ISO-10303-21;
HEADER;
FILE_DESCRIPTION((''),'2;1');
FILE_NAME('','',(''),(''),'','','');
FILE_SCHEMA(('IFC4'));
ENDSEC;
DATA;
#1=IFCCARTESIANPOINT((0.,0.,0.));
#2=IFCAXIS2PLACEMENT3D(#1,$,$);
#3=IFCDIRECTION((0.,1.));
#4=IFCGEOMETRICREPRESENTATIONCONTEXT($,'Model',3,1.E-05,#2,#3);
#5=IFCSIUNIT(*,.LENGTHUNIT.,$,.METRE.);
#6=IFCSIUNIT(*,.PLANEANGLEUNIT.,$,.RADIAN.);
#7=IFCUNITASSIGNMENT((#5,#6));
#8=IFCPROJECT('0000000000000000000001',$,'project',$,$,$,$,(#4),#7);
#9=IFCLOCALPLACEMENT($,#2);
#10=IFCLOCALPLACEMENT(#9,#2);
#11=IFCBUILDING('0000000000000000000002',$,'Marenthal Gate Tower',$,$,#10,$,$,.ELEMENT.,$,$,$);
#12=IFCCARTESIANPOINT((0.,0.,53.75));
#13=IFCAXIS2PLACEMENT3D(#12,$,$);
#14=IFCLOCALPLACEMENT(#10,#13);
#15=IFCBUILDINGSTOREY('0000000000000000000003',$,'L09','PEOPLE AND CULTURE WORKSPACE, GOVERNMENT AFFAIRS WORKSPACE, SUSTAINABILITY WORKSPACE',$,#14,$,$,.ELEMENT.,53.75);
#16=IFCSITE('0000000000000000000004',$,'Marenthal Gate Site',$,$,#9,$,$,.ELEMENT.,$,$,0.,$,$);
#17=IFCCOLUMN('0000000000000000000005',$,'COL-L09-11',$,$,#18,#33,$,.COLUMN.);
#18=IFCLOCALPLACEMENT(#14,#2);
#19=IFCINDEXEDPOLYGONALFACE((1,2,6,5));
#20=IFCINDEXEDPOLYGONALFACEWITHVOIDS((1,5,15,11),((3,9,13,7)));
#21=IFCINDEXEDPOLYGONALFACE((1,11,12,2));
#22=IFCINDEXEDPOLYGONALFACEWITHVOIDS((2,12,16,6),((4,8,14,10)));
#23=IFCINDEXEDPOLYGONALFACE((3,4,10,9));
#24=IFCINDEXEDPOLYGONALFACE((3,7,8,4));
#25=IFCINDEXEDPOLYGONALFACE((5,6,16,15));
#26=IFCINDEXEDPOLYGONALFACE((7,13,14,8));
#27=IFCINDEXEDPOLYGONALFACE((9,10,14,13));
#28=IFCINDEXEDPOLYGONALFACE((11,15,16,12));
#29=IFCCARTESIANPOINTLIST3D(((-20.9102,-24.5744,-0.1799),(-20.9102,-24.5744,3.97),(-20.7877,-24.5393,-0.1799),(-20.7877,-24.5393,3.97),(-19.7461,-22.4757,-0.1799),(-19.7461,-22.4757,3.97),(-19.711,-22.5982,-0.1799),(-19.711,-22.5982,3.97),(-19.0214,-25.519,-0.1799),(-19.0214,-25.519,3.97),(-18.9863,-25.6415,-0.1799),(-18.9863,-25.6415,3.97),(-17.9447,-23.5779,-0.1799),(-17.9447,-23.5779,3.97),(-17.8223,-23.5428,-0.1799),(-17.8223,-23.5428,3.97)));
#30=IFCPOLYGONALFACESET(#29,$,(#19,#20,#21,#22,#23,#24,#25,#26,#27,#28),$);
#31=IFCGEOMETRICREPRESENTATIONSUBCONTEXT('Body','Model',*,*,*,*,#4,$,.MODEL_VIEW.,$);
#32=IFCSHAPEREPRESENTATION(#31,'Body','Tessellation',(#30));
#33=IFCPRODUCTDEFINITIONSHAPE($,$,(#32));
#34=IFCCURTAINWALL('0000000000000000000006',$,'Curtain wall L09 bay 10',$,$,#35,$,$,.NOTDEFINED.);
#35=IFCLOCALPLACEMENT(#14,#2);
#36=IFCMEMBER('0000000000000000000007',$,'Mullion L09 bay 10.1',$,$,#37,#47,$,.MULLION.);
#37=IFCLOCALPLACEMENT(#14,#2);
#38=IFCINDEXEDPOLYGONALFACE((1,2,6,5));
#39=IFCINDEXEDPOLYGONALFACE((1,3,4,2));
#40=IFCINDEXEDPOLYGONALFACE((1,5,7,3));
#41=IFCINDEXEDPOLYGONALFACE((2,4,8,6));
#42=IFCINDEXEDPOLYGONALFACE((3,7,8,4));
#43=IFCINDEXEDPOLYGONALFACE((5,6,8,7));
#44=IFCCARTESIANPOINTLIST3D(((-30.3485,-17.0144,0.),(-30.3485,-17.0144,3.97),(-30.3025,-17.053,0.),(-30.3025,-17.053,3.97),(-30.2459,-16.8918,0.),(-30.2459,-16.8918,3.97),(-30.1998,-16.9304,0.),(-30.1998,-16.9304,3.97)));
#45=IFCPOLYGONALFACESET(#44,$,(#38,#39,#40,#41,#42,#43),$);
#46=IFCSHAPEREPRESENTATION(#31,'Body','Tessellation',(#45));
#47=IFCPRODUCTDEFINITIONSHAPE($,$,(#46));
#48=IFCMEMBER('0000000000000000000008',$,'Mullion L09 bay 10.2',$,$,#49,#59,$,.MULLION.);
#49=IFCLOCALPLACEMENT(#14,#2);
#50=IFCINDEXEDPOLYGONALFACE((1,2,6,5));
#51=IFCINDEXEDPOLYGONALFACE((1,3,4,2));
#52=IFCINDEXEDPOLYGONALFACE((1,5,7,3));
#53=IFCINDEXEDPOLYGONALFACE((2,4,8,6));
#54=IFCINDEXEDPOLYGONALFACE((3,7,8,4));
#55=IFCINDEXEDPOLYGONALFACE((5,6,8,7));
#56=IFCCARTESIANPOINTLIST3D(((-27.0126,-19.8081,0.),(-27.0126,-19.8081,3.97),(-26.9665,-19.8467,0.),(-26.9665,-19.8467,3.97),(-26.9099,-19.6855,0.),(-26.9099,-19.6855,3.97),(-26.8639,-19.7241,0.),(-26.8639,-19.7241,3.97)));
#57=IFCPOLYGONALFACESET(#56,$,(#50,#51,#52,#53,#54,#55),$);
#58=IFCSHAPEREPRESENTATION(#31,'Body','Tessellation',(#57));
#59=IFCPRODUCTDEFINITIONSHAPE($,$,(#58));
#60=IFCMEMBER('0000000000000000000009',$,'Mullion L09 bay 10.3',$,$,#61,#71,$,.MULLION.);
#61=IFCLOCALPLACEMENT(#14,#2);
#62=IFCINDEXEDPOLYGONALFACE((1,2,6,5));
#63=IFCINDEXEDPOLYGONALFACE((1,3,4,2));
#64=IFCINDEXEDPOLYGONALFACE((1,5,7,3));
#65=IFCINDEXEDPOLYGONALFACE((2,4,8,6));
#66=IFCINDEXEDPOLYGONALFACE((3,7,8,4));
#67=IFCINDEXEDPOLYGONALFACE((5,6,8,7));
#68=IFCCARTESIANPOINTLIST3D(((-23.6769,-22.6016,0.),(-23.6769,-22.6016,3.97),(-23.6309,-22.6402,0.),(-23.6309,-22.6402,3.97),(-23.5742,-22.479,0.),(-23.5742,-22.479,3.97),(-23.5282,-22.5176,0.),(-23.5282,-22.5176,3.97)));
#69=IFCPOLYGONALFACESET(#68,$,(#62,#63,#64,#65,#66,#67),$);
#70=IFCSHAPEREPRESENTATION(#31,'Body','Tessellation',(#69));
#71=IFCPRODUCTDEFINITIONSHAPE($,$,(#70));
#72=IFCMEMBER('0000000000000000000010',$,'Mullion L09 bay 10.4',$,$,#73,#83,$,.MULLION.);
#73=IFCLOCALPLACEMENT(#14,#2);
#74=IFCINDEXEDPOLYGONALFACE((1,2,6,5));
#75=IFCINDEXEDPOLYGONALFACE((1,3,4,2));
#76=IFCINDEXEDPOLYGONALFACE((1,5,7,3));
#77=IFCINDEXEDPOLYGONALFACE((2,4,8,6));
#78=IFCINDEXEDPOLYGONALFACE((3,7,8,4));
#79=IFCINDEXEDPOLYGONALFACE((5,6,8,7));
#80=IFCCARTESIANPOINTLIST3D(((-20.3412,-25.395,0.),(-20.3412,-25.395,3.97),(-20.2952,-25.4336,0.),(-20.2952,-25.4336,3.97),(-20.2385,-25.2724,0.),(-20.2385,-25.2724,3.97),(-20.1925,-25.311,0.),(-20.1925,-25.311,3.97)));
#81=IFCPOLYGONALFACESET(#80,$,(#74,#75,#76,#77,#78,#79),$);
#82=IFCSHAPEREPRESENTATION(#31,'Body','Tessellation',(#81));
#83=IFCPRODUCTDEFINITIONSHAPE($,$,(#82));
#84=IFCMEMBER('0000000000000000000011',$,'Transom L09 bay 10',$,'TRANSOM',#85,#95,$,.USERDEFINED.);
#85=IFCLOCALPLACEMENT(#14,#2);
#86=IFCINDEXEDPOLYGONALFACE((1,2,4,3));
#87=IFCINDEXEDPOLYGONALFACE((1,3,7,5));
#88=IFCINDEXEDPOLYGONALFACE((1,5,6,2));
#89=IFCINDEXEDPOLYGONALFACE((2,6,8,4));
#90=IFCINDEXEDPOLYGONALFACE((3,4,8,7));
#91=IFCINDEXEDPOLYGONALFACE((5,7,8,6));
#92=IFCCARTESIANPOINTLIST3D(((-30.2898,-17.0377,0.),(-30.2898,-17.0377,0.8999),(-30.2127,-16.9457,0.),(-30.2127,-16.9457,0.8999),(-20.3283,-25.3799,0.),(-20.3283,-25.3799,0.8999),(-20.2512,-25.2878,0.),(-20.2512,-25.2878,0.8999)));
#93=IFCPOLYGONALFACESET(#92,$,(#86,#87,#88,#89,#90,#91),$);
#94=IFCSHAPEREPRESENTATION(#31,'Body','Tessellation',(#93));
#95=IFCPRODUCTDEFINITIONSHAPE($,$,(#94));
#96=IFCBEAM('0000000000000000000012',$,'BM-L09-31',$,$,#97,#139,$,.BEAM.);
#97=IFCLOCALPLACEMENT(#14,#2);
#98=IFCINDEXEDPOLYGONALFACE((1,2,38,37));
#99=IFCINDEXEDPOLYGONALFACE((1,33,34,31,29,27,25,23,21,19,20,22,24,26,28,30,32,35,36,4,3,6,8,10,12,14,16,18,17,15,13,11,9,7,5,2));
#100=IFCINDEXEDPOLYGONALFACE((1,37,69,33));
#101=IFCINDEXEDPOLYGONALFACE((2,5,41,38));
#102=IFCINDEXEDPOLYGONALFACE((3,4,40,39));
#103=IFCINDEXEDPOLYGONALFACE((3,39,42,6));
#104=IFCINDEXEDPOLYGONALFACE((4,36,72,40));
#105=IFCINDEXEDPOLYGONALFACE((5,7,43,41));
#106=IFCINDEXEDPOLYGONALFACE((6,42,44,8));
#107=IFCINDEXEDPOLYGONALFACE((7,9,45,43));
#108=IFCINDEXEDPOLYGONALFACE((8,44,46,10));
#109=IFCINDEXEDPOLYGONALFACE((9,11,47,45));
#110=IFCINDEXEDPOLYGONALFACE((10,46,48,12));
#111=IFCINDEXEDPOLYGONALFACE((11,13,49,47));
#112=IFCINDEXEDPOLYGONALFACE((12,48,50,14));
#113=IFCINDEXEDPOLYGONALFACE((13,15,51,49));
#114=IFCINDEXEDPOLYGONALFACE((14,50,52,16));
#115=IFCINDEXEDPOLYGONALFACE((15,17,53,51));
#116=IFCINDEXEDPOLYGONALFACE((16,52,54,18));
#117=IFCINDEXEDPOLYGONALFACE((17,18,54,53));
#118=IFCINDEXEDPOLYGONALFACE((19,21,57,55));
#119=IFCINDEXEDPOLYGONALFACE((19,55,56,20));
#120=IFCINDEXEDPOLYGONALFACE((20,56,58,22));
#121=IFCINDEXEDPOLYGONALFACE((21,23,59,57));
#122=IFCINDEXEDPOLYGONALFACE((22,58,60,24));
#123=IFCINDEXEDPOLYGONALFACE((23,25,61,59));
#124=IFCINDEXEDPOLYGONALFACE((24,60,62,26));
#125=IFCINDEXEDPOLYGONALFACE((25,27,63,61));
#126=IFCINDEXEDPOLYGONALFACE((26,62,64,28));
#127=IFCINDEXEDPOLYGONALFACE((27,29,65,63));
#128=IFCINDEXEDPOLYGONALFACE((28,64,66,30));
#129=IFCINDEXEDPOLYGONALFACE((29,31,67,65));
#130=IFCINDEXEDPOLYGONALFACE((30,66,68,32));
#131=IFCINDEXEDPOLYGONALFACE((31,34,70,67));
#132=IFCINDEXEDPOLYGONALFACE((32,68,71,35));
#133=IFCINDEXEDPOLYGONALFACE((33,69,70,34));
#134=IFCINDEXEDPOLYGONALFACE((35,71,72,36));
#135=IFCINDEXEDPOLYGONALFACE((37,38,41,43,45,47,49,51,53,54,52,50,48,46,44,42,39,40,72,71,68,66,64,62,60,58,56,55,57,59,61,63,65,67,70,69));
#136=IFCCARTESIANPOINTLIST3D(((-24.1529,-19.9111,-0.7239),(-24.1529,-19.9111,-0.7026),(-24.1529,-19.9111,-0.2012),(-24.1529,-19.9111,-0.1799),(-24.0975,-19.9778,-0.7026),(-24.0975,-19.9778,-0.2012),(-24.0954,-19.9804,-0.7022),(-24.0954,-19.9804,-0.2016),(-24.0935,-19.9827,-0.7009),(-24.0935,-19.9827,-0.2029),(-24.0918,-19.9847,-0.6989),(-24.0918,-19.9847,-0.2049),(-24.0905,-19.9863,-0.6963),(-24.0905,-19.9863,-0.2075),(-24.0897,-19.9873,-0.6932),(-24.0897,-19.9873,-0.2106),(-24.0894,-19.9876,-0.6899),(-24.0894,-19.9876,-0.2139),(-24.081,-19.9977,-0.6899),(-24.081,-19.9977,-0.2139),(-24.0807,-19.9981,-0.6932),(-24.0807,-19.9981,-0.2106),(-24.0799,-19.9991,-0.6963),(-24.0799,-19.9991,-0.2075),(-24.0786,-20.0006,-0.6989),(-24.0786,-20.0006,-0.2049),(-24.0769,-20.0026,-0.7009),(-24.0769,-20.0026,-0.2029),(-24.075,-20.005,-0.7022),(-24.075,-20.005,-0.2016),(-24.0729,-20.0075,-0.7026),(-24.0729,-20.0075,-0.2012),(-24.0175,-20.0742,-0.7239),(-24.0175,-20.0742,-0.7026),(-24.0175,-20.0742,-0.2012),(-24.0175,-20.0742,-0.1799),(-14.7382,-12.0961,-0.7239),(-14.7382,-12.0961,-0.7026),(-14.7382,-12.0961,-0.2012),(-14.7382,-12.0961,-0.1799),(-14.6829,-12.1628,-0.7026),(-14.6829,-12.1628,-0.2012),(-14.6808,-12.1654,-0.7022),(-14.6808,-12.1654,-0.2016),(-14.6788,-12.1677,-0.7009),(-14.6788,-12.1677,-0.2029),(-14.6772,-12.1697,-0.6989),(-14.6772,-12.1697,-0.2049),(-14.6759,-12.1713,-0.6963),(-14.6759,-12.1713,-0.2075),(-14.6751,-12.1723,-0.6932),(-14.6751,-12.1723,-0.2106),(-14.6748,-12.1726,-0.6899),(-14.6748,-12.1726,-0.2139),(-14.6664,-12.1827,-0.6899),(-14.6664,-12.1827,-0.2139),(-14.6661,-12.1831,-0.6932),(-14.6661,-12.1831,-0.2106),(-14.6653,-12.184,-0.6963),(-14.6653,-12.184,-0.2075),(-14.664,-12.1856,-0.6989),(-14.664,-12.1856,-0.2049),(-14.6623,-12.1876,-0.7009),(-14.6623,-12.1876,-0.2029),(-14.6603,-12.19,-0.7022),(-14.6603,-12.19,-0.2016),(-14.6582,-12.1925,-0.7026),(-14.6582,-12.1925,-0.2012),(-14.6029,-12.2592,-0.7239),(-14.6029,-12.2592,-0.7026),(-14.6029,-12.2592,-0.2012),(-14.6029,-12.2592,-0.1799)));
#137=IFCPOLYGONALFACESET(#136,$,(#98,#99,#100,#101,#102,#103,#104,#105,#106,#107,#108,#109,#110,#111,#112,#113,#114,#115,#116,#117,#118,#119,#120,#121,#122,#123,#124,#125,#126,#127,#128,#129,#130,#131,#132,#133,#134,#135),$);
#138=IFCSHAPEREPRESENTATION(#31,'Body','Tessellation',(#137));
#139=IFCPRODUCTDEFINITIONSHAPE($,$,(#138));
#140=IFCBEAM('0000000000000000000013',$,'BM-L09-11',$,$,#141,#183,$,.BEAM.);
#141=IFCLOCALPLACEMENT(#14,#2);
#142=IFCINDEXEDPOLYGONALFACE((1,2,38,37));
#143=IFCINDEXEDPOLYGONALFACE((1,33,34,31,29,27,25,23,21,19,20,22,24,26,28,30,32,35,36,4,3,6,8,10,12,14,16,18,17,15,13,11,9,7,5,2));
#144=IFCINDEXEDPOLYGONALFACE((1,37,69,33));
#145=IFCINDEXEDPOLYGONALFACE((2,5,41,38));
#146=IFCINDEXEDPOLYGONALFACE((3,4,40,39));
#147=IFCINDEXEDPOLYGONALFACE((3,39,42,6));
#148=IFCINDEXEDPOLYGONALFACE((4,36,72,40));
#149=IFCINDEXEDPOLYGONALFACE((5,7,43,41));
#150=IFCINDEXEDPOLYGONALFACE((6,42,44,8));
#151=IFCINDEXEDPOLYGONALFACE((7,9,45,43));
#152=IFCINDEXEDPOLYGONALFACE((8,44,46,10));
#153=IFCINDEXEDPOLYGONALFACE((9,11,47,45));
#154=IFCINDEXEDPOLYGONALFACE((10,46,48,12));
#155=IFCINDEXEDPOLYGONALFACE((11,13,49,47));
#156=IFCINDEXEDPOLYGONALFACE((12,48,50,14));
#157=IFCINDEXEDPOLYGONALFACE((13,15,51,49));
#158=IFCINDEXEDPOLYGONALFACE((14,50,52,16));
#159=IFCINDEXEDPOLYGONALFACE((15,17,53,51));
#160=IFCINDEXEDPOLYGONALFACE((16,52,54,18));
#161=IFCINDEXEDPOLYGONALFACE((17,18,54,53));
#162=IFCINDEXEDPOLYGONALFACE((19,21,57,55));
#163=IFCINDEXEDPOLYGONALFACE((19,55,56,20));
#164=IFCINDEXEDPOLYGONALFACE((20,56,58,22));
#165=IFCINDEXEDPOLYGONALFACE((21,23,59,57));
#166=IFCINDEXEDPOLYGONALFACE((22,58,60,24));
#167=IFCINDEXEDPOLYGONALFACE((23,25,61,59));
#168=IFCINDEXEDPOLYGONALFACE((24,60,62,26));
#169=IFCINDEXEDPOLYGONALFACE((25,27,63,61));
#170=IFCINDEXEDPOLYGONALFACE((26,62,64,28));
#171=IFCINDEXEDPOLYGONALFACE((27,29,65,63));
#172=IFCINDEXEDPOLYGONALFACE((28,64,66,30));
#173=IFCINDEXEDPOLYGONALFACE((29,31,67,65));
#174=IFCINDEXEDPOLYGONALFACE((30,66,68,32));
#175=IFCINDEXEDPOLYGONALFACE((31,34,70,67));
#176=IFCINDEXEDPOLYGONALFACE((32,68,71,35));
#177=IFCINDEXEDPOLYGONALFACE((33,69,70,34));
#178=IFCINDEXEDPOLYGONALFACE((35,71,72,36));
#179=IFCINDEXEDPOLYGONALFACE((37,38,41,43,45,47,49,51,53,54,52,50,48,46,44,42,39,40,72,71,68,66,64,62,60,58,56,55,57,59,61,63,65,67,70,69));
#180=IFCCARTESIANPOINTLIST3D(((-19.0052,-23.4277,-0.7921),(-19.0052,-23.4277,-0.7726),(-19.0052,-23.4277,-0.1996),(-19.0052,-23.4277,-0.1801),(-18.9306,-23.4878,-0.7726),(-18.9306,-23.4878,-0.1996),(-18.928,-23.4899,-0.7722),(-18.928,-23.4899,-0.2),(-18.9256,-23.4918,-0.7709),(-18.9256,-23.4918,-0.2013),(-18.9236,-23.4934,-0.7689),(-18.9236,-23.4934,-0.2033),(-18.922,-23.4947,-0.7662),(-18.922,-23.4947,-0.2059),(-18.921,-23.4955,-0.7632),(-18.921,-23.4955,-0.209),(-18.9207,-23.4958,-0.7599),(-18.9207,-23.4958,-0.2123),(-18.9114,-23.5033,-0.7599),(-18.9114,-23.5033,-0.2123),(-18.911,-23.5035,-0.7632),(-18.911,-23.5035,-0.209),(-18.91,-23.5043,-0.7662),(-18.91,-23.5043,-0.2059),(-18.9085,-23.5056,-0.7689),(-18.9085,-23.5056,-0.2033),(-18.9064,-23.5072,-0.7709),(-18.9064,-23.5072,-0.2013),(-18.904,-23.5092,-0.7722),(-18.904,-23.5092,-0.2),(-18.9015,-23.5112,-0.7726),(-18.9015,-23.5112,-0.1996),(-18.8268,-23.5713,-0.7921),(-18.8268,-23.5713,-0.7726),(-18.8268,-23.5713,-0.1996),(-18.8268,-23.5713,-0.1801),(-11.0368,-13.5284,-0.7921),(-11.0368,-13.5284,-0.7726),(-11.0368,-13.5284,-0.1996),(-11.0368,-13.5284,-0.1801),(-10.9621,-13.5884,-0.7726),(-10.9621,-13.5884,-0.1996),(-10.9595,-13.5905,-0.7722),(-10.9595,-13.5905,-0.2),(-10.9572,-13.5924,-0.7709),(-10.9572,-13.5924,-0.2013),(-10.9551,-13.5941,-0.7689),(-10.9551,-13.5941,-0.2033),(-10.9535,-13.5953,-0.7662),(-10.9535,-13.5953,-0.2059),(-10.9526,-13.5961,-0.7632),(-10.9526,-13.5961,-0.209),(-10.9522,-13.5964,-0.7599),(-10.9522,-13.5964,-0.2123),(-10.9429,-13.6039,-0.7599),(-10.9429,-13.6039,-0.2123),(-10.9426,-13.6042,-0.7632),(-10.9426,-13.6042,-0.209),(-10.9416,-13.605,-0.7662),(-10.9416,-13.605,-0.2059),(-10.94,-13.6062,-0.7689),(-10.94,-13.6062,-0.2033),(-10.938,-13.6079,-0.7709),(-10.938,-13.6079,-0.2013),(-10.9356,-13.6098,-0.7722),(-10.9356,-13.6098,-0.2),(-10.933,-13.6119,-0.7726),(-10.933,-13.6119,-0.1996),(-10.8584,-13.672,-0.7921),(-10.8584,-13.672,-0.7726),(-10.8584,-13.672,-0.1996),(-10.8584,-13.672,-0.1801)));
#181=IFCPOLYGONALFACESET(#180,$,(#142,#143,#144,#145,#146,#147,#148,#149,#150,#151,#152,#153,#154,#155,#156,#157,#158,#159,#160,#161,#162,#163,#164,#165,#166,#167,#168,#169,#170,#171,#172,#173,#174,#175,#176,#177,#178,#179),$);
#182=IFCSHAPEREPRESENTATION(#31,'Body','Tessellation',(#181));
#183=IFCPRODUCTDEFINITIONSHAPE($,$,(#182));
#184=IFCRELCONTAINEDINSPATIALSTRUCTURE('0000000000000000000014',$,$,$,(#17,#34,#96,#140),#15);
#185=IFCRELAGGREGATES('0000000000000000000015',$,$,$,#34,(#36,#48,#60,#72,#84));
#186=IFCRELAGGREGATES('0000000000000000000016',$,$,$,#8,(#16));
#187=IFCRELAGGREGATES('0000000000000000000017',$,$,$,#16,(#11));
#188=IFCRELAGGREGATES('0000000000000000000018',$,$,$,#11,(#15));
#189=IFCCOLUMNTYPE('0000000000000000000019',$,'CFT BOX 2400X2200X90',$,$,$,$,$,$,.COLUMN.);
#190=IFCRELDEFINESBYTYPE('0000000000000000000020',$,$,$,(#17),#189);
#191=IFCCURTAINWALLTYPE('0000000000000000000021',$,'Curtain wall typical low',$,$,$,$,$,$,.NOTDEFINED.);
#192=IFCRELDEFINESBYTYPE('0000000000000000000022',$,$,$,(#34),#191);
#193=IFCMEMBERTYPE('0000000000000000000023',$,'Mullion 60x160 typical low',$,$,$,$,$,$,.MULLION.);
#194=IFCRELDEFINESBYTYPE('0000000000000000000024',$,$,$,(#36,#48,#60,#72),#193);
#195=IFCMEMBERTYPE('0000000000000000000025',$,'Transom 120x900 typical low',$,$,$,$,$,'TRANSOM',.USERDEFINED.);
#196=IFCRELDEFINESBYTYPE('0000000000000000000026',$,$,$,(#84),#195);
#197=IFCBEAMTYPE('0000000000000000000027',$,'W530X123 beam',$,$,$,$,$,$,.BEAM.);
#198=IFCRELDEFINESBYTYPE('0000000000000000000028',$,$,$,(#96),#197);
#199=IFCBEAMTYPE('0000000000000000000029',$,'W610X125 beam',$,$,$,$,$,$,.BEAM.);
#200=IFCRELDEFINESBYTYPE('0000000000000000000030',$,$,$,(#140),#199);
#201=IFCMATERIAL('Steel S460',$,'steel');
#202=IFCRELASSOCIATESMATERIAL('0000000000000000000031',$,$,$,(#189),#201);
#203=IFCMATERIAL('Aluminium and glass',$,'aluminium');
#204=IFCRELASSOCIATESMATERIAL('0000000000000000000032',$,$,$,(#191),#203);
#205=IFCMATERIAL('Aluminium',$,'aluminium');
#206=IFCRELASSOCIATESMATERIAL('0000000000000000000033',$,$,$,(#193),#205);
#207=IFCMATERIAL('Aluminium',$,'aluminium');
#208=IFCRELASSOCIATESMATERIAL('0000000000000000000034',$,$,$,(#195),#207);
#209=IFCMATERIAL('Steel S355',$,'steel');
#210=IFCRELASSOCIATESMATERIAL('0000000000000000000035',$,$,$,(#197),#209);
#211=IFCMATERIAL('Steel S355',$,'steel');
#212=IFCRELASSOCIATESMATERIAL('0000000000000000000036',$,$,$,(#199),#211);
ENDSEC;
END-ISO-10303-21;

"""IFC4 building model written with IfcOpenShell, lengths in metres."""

from ifc_helpers import new_model, si_unit, direction, frame, origin, origin_2d, place, context, subcontext, project, spatial, rectangle, hollow_rectangle, i_section, extrude, material, material_profile, profile_set, type_object, element, aggregate, save


model = new_model("IFC4")

# Units and contexts
model_context = context("Model", 3, precision=1e-05, world=origin(), true_north=direction((0.0, 1.0)))
body_context = subcontext(model_context, "Body", "Model", "MODEL_VIEW")
ifc_project = project(units=[si_unit("LENGTHUNIT", "METRE"), si_unit("PLANEANGLEUNIT", "RADIAN")], contexts=[model_context])

# Site, building, storey
site_placement = place(None, origin())
site = spatial("IfcSite", under=ifc_project, at=site_placement, Name="Marenthal Gate Site", CompositionType="ELEMENT", RefElevation=0.0)
building_placement = place(site_placement, origin())
building = spatial("IfcBuilding", under=site, at=building_placement, Name="Marenthal Gate Tower", CompositionType="ELEMENT")
storey_placement = place(building_placement, frame((0.0, 0.0, 53.75)))
storey = spatial("IfcBuildingStorey", under=building, at=storey_placement, Name="L09", Description="PEOPLE AND CULTURE WORKSPACE, GOVERNMENT AFFAIRS WORKSPACE, SUSTAINABILITY WORKSPACE", CompositionType="ELEMENT", Elevation=53.75)

# Column
ifc_material_1 = material(Name="Steel S460", Category="steel")
ifc_material_profile_1 = material_profile(ifc_material_1, hollow_rectangle(XDim=2.2, YDim=2.3999, WallThickness=0.0901, at=origin_2d()), Name="CFT BOX 2400X2200X90")
ifc_material_2 = material(Name="Concrete 70 MPa", Category="concrete")
ifc_material_profile_2 = material_profile(ifc_material_2, rectangle(XDim=2.02, YDim=2.22, at=origin_2d()), Name="CFT BOX 2400X2200X90 INFILL")
ifc_profile_set_1 = profile_set([ifc_material_profile_1, ifc_material_profile_2], Name="Steel S460 shell, Concrete 70 MPa infill")
column_type = type_object("IfcColumnType", Name="CFT BOX 2400X2200X90", PredefinedType="COLUMN", material=ifc_profile_set_1)
column_placement = place(storey_placement, frame((-19.3662, -24.0586, -0.1799), z_axis=(0.0, 0.0, 1.0), x_axis=(-0.874496, 0.485032, 0.0)))
element("IfcColumn", 1, at=column_placement, inside=storey, type_object=column_type, Name="COL-L09-11", PredefinedType="COLUMN", context=body_context, shape_type="SweptSolid", body=[
    extrude(hollow_rectangle(XDim=2.2, YDim=2.3999, WallThickness=0.0901, at=origin_2d()), origin(), (0.0, 0.0, 1.0), 4.1499),
])

# Curtain wall, members
ifc_material_3 = material(Name="Aluminium and glass", Category="aluminium")
curtain_wall_type = type_object("IfcCurtainWallType", Name="Curtain wall typical low", PredefinedType="NOTDEFINED", material=ifc_material_3)
curtain_wall_placement = place(storey_placement, origin())
curtain_wall = element("IfcCurtainWall", 2, at=curtain_wall_placement, inside=storey, type_object=curtain_wall_type, Name="Curtain wall L09 bay 10", PredefinedType="NOTDEFINED")
ifc_material_4 = material(Name="Aluminium", Category="aluminium")
ifc_material_profile_3 = material_profile(ifc_material_4, rectangle(XDim=0.1599, YDim=0.0601, at=origin_2d()), Name="60x160 aluminium mullion")
ifc_profile_set_2 = profile_set([ifc_material_profile_3], Name="Aluminium")
member_type_1 = type_object("IfcMemberType", Name="Mullion 60x160 typical low", PredefinedType="MULLION", material=ifc_profile_set_2)
member_1_placement = place(storey_placement, frame((-30.2742, -16.9724, 0.0), z_axis=(0.0, 0.0, 1.0), x_axis=(0.642047, 0.766665, 0.0)))
member_1 = element("IfcMember", 3, at=member_1_placement, type_object=member_type_1, Name="Mullion L09 bay 10.1", PredefinedType="MULLION", context=body_context, shape_type="SweptSolid", body=[
    extrude(rectangle(XDim=0.1599, YDim=0.0601, at=origin_2d()), origin(), (0.0, 0.0, 1.0), 3.97),
])
member_2_placement = place(storey_placement, frame((-26.9382, -19.7661, 0.0), z_axis=(0.0, 0.0, 1.0), x_axis=(0.642047, 0.766665, 0.0)))
member_2 = element("IfcMember", 4, at=member_2_placement, type_object=member_type_1, Name="Mullion L09 bay 10.2", PredefinedType="MULLION", context=body_context, shape_type="SweptSolid", body=[
    extrude(rectangle(XDim=0.1599, YDim=0.0601, at=origin_2d()), origin(), (0.0, 0.0, 1.0), 3.97),
])
member_3_placement = place(storey_placement, frame((-23.6025, -22.5596, 0.0), z_axis=(0.0, 0.0, 1.0), x_axis=(0.642047, 0.766665, 0.0)))
member_3 = element("IfcMember", 5, at=member_3_placement, type_object=member_type_1, Name="Mullion L09 bay 10.3", PredefinedType="MULLION", context=body_context, shape_type="SweptSolid", body=[
    extrude(rectangle(XDim=0.1599, YDim=0.0601, at=origin_2d()), origin(), (0.0, 0.0, 1.0), 3.97),
])
member_4_placement = place(storey_placement, frame((-20.2668, -25.353, 0.0), z_axis=(0.0, 0.0, 1.0), x_axis=(0.642047, 0.766665, 0.0)))
member_4 = element("IfcMember", 6, at=member_4_placement, type_object=member_type_1, Name="Mullion L09 bay 10.4", PredefinedType="MULLION", context=body_context, shape_type="SweptSolid", body=[
    extrude(rectangle(XDim=0.1599, YDim=0.0601, at=origin_2d()), origin(), (0.0, 0.0, 1.0), 3.97),
])
ifc_material_5 = material(Name="Aluminium", Category="aluminium")
ifc_material_profile_4 = material_profile(ifc_material_5, rectangle(XDim=0.1201, YDim=0.8999, at=origin_2d()), Name="120x900 aluminium transom")
ifc_profile_set_3 = profile_set([ifc_material_profile_4], Name="Aluminium")
member_type_2 = type_object("IfcMemberType", Name="Transom 120x900 typical low", ElementType="TRANSOM", PredefinedType="USERDEFINED", material=ifc_profile_set_3)
member_5_placement = place(storey_placement, frame((-30.2512, -16.9917, 0.45), z_axis=(0.766673, -0.642038, 0.0), x_axis=(0.642038, 0.766673, 0.0)))
member_5 = element("IfcMember", 7, at=member_5_placement, type_object=member_type_2, Name="Transom L09 bay 10", ObjectType="TRANSOM", PredefinedType="USERDEFINED", context=body_context, shape_type="SweptSolid", body=[
    extrude(rectangle(XDim=0.1201, YDim=0.8999, at=origin_2d()), origin(), (0.0, 0.0, 1.0), 12.9932),
])

# Beams
ifc_material_6 = material(Name="Steel S355", Category="steel")
ifc_material_profile_5 = material_profile(ifc_material_6, i_section(OverallWidth=0.2119, OverallDepth=0.5439, WebThickness=0.0132, FlangeThickness=0.0212, FilletRadius=0.0127, at=origin_2d()), Name="W530X123")
ifc_profile_set_4 = profile_set([ifc_material_profile_5], Name="Steel S355")
beam_type_1 = type_object("IfcBeamType", Name="W530X123 beam", PredefinedType="BEAM", material=ifc_profile_set_4)
beam_1_placement = place(storey_placement, frame((-24.0852, -19.9927, -0.4519), z_axis=(0.769447, 0.638711, 0.0), x_axis=(-0.638711, 0.769447, 0.0)))
element("IfcBeam", 8, at=beam_1_placement, inside=storey, type_object=beam_type_1, Name="BM-L09-31", PredefinedType="BEAM", context=body_context, shape_type="SweptSolid", body=[
    extrude(i_section(OverallWidth=0.2119, OverallDepth=0.5439, WebThickness=0.0132, FlangeThickness=0.0212, FilletRadius=0.0127, at=origin_2d()), origin(), (0.0, 0.0, 1.0), 12.2356),
])
ifc_material_7 = material(Name="Steel S355", Category="steel")
ifc_material_profile_6 = material_profile(ifc_material_7, i_section(OverallWidth=0.229, OverallDepth=0.6121, WebThickness=0.012, FlangeThickness=0.0195, FilletRadius=0.0127, at=origin_2d()), Name="W610X125")
ifc_profile_set_5 = profile_set([ifc_material_profile_6], Name="Steel S355")
beam_type_2 = type_object("IfcBeamType", Name="W610X125 beam", PredefinedType="BEAM", material=ifc_profile_set_5)
beam_2_placement = place(storey_placement, frame((-18.916, -23.4995, -0.4861), z_axis=(0.627042, 0.778985, 0.0), x_axis=(-0.778985, 0.627042, 0.0)))
element("IfcBeam", 9, at=beam_2_placement, inside=storey, type_object=beam_type_2, Name="BM-L09-11", PredefinedType="BEAM", context=body_context, shape_type="SweptSolid", body=[
    extrude(i_section(OverallWidth=0.229, OverallDepth=0.6121, WebThickness=0.012, FlangeThickness=0.0195, FilletRadius=0.0127, at=origin_2d()), origin(), (0.0, 0.0, 1.0), 12.708),
])

aggregate(curtain_wall, [member_1, member_2, member_3, member_4, member_5])

save(model, "model.ifc")
